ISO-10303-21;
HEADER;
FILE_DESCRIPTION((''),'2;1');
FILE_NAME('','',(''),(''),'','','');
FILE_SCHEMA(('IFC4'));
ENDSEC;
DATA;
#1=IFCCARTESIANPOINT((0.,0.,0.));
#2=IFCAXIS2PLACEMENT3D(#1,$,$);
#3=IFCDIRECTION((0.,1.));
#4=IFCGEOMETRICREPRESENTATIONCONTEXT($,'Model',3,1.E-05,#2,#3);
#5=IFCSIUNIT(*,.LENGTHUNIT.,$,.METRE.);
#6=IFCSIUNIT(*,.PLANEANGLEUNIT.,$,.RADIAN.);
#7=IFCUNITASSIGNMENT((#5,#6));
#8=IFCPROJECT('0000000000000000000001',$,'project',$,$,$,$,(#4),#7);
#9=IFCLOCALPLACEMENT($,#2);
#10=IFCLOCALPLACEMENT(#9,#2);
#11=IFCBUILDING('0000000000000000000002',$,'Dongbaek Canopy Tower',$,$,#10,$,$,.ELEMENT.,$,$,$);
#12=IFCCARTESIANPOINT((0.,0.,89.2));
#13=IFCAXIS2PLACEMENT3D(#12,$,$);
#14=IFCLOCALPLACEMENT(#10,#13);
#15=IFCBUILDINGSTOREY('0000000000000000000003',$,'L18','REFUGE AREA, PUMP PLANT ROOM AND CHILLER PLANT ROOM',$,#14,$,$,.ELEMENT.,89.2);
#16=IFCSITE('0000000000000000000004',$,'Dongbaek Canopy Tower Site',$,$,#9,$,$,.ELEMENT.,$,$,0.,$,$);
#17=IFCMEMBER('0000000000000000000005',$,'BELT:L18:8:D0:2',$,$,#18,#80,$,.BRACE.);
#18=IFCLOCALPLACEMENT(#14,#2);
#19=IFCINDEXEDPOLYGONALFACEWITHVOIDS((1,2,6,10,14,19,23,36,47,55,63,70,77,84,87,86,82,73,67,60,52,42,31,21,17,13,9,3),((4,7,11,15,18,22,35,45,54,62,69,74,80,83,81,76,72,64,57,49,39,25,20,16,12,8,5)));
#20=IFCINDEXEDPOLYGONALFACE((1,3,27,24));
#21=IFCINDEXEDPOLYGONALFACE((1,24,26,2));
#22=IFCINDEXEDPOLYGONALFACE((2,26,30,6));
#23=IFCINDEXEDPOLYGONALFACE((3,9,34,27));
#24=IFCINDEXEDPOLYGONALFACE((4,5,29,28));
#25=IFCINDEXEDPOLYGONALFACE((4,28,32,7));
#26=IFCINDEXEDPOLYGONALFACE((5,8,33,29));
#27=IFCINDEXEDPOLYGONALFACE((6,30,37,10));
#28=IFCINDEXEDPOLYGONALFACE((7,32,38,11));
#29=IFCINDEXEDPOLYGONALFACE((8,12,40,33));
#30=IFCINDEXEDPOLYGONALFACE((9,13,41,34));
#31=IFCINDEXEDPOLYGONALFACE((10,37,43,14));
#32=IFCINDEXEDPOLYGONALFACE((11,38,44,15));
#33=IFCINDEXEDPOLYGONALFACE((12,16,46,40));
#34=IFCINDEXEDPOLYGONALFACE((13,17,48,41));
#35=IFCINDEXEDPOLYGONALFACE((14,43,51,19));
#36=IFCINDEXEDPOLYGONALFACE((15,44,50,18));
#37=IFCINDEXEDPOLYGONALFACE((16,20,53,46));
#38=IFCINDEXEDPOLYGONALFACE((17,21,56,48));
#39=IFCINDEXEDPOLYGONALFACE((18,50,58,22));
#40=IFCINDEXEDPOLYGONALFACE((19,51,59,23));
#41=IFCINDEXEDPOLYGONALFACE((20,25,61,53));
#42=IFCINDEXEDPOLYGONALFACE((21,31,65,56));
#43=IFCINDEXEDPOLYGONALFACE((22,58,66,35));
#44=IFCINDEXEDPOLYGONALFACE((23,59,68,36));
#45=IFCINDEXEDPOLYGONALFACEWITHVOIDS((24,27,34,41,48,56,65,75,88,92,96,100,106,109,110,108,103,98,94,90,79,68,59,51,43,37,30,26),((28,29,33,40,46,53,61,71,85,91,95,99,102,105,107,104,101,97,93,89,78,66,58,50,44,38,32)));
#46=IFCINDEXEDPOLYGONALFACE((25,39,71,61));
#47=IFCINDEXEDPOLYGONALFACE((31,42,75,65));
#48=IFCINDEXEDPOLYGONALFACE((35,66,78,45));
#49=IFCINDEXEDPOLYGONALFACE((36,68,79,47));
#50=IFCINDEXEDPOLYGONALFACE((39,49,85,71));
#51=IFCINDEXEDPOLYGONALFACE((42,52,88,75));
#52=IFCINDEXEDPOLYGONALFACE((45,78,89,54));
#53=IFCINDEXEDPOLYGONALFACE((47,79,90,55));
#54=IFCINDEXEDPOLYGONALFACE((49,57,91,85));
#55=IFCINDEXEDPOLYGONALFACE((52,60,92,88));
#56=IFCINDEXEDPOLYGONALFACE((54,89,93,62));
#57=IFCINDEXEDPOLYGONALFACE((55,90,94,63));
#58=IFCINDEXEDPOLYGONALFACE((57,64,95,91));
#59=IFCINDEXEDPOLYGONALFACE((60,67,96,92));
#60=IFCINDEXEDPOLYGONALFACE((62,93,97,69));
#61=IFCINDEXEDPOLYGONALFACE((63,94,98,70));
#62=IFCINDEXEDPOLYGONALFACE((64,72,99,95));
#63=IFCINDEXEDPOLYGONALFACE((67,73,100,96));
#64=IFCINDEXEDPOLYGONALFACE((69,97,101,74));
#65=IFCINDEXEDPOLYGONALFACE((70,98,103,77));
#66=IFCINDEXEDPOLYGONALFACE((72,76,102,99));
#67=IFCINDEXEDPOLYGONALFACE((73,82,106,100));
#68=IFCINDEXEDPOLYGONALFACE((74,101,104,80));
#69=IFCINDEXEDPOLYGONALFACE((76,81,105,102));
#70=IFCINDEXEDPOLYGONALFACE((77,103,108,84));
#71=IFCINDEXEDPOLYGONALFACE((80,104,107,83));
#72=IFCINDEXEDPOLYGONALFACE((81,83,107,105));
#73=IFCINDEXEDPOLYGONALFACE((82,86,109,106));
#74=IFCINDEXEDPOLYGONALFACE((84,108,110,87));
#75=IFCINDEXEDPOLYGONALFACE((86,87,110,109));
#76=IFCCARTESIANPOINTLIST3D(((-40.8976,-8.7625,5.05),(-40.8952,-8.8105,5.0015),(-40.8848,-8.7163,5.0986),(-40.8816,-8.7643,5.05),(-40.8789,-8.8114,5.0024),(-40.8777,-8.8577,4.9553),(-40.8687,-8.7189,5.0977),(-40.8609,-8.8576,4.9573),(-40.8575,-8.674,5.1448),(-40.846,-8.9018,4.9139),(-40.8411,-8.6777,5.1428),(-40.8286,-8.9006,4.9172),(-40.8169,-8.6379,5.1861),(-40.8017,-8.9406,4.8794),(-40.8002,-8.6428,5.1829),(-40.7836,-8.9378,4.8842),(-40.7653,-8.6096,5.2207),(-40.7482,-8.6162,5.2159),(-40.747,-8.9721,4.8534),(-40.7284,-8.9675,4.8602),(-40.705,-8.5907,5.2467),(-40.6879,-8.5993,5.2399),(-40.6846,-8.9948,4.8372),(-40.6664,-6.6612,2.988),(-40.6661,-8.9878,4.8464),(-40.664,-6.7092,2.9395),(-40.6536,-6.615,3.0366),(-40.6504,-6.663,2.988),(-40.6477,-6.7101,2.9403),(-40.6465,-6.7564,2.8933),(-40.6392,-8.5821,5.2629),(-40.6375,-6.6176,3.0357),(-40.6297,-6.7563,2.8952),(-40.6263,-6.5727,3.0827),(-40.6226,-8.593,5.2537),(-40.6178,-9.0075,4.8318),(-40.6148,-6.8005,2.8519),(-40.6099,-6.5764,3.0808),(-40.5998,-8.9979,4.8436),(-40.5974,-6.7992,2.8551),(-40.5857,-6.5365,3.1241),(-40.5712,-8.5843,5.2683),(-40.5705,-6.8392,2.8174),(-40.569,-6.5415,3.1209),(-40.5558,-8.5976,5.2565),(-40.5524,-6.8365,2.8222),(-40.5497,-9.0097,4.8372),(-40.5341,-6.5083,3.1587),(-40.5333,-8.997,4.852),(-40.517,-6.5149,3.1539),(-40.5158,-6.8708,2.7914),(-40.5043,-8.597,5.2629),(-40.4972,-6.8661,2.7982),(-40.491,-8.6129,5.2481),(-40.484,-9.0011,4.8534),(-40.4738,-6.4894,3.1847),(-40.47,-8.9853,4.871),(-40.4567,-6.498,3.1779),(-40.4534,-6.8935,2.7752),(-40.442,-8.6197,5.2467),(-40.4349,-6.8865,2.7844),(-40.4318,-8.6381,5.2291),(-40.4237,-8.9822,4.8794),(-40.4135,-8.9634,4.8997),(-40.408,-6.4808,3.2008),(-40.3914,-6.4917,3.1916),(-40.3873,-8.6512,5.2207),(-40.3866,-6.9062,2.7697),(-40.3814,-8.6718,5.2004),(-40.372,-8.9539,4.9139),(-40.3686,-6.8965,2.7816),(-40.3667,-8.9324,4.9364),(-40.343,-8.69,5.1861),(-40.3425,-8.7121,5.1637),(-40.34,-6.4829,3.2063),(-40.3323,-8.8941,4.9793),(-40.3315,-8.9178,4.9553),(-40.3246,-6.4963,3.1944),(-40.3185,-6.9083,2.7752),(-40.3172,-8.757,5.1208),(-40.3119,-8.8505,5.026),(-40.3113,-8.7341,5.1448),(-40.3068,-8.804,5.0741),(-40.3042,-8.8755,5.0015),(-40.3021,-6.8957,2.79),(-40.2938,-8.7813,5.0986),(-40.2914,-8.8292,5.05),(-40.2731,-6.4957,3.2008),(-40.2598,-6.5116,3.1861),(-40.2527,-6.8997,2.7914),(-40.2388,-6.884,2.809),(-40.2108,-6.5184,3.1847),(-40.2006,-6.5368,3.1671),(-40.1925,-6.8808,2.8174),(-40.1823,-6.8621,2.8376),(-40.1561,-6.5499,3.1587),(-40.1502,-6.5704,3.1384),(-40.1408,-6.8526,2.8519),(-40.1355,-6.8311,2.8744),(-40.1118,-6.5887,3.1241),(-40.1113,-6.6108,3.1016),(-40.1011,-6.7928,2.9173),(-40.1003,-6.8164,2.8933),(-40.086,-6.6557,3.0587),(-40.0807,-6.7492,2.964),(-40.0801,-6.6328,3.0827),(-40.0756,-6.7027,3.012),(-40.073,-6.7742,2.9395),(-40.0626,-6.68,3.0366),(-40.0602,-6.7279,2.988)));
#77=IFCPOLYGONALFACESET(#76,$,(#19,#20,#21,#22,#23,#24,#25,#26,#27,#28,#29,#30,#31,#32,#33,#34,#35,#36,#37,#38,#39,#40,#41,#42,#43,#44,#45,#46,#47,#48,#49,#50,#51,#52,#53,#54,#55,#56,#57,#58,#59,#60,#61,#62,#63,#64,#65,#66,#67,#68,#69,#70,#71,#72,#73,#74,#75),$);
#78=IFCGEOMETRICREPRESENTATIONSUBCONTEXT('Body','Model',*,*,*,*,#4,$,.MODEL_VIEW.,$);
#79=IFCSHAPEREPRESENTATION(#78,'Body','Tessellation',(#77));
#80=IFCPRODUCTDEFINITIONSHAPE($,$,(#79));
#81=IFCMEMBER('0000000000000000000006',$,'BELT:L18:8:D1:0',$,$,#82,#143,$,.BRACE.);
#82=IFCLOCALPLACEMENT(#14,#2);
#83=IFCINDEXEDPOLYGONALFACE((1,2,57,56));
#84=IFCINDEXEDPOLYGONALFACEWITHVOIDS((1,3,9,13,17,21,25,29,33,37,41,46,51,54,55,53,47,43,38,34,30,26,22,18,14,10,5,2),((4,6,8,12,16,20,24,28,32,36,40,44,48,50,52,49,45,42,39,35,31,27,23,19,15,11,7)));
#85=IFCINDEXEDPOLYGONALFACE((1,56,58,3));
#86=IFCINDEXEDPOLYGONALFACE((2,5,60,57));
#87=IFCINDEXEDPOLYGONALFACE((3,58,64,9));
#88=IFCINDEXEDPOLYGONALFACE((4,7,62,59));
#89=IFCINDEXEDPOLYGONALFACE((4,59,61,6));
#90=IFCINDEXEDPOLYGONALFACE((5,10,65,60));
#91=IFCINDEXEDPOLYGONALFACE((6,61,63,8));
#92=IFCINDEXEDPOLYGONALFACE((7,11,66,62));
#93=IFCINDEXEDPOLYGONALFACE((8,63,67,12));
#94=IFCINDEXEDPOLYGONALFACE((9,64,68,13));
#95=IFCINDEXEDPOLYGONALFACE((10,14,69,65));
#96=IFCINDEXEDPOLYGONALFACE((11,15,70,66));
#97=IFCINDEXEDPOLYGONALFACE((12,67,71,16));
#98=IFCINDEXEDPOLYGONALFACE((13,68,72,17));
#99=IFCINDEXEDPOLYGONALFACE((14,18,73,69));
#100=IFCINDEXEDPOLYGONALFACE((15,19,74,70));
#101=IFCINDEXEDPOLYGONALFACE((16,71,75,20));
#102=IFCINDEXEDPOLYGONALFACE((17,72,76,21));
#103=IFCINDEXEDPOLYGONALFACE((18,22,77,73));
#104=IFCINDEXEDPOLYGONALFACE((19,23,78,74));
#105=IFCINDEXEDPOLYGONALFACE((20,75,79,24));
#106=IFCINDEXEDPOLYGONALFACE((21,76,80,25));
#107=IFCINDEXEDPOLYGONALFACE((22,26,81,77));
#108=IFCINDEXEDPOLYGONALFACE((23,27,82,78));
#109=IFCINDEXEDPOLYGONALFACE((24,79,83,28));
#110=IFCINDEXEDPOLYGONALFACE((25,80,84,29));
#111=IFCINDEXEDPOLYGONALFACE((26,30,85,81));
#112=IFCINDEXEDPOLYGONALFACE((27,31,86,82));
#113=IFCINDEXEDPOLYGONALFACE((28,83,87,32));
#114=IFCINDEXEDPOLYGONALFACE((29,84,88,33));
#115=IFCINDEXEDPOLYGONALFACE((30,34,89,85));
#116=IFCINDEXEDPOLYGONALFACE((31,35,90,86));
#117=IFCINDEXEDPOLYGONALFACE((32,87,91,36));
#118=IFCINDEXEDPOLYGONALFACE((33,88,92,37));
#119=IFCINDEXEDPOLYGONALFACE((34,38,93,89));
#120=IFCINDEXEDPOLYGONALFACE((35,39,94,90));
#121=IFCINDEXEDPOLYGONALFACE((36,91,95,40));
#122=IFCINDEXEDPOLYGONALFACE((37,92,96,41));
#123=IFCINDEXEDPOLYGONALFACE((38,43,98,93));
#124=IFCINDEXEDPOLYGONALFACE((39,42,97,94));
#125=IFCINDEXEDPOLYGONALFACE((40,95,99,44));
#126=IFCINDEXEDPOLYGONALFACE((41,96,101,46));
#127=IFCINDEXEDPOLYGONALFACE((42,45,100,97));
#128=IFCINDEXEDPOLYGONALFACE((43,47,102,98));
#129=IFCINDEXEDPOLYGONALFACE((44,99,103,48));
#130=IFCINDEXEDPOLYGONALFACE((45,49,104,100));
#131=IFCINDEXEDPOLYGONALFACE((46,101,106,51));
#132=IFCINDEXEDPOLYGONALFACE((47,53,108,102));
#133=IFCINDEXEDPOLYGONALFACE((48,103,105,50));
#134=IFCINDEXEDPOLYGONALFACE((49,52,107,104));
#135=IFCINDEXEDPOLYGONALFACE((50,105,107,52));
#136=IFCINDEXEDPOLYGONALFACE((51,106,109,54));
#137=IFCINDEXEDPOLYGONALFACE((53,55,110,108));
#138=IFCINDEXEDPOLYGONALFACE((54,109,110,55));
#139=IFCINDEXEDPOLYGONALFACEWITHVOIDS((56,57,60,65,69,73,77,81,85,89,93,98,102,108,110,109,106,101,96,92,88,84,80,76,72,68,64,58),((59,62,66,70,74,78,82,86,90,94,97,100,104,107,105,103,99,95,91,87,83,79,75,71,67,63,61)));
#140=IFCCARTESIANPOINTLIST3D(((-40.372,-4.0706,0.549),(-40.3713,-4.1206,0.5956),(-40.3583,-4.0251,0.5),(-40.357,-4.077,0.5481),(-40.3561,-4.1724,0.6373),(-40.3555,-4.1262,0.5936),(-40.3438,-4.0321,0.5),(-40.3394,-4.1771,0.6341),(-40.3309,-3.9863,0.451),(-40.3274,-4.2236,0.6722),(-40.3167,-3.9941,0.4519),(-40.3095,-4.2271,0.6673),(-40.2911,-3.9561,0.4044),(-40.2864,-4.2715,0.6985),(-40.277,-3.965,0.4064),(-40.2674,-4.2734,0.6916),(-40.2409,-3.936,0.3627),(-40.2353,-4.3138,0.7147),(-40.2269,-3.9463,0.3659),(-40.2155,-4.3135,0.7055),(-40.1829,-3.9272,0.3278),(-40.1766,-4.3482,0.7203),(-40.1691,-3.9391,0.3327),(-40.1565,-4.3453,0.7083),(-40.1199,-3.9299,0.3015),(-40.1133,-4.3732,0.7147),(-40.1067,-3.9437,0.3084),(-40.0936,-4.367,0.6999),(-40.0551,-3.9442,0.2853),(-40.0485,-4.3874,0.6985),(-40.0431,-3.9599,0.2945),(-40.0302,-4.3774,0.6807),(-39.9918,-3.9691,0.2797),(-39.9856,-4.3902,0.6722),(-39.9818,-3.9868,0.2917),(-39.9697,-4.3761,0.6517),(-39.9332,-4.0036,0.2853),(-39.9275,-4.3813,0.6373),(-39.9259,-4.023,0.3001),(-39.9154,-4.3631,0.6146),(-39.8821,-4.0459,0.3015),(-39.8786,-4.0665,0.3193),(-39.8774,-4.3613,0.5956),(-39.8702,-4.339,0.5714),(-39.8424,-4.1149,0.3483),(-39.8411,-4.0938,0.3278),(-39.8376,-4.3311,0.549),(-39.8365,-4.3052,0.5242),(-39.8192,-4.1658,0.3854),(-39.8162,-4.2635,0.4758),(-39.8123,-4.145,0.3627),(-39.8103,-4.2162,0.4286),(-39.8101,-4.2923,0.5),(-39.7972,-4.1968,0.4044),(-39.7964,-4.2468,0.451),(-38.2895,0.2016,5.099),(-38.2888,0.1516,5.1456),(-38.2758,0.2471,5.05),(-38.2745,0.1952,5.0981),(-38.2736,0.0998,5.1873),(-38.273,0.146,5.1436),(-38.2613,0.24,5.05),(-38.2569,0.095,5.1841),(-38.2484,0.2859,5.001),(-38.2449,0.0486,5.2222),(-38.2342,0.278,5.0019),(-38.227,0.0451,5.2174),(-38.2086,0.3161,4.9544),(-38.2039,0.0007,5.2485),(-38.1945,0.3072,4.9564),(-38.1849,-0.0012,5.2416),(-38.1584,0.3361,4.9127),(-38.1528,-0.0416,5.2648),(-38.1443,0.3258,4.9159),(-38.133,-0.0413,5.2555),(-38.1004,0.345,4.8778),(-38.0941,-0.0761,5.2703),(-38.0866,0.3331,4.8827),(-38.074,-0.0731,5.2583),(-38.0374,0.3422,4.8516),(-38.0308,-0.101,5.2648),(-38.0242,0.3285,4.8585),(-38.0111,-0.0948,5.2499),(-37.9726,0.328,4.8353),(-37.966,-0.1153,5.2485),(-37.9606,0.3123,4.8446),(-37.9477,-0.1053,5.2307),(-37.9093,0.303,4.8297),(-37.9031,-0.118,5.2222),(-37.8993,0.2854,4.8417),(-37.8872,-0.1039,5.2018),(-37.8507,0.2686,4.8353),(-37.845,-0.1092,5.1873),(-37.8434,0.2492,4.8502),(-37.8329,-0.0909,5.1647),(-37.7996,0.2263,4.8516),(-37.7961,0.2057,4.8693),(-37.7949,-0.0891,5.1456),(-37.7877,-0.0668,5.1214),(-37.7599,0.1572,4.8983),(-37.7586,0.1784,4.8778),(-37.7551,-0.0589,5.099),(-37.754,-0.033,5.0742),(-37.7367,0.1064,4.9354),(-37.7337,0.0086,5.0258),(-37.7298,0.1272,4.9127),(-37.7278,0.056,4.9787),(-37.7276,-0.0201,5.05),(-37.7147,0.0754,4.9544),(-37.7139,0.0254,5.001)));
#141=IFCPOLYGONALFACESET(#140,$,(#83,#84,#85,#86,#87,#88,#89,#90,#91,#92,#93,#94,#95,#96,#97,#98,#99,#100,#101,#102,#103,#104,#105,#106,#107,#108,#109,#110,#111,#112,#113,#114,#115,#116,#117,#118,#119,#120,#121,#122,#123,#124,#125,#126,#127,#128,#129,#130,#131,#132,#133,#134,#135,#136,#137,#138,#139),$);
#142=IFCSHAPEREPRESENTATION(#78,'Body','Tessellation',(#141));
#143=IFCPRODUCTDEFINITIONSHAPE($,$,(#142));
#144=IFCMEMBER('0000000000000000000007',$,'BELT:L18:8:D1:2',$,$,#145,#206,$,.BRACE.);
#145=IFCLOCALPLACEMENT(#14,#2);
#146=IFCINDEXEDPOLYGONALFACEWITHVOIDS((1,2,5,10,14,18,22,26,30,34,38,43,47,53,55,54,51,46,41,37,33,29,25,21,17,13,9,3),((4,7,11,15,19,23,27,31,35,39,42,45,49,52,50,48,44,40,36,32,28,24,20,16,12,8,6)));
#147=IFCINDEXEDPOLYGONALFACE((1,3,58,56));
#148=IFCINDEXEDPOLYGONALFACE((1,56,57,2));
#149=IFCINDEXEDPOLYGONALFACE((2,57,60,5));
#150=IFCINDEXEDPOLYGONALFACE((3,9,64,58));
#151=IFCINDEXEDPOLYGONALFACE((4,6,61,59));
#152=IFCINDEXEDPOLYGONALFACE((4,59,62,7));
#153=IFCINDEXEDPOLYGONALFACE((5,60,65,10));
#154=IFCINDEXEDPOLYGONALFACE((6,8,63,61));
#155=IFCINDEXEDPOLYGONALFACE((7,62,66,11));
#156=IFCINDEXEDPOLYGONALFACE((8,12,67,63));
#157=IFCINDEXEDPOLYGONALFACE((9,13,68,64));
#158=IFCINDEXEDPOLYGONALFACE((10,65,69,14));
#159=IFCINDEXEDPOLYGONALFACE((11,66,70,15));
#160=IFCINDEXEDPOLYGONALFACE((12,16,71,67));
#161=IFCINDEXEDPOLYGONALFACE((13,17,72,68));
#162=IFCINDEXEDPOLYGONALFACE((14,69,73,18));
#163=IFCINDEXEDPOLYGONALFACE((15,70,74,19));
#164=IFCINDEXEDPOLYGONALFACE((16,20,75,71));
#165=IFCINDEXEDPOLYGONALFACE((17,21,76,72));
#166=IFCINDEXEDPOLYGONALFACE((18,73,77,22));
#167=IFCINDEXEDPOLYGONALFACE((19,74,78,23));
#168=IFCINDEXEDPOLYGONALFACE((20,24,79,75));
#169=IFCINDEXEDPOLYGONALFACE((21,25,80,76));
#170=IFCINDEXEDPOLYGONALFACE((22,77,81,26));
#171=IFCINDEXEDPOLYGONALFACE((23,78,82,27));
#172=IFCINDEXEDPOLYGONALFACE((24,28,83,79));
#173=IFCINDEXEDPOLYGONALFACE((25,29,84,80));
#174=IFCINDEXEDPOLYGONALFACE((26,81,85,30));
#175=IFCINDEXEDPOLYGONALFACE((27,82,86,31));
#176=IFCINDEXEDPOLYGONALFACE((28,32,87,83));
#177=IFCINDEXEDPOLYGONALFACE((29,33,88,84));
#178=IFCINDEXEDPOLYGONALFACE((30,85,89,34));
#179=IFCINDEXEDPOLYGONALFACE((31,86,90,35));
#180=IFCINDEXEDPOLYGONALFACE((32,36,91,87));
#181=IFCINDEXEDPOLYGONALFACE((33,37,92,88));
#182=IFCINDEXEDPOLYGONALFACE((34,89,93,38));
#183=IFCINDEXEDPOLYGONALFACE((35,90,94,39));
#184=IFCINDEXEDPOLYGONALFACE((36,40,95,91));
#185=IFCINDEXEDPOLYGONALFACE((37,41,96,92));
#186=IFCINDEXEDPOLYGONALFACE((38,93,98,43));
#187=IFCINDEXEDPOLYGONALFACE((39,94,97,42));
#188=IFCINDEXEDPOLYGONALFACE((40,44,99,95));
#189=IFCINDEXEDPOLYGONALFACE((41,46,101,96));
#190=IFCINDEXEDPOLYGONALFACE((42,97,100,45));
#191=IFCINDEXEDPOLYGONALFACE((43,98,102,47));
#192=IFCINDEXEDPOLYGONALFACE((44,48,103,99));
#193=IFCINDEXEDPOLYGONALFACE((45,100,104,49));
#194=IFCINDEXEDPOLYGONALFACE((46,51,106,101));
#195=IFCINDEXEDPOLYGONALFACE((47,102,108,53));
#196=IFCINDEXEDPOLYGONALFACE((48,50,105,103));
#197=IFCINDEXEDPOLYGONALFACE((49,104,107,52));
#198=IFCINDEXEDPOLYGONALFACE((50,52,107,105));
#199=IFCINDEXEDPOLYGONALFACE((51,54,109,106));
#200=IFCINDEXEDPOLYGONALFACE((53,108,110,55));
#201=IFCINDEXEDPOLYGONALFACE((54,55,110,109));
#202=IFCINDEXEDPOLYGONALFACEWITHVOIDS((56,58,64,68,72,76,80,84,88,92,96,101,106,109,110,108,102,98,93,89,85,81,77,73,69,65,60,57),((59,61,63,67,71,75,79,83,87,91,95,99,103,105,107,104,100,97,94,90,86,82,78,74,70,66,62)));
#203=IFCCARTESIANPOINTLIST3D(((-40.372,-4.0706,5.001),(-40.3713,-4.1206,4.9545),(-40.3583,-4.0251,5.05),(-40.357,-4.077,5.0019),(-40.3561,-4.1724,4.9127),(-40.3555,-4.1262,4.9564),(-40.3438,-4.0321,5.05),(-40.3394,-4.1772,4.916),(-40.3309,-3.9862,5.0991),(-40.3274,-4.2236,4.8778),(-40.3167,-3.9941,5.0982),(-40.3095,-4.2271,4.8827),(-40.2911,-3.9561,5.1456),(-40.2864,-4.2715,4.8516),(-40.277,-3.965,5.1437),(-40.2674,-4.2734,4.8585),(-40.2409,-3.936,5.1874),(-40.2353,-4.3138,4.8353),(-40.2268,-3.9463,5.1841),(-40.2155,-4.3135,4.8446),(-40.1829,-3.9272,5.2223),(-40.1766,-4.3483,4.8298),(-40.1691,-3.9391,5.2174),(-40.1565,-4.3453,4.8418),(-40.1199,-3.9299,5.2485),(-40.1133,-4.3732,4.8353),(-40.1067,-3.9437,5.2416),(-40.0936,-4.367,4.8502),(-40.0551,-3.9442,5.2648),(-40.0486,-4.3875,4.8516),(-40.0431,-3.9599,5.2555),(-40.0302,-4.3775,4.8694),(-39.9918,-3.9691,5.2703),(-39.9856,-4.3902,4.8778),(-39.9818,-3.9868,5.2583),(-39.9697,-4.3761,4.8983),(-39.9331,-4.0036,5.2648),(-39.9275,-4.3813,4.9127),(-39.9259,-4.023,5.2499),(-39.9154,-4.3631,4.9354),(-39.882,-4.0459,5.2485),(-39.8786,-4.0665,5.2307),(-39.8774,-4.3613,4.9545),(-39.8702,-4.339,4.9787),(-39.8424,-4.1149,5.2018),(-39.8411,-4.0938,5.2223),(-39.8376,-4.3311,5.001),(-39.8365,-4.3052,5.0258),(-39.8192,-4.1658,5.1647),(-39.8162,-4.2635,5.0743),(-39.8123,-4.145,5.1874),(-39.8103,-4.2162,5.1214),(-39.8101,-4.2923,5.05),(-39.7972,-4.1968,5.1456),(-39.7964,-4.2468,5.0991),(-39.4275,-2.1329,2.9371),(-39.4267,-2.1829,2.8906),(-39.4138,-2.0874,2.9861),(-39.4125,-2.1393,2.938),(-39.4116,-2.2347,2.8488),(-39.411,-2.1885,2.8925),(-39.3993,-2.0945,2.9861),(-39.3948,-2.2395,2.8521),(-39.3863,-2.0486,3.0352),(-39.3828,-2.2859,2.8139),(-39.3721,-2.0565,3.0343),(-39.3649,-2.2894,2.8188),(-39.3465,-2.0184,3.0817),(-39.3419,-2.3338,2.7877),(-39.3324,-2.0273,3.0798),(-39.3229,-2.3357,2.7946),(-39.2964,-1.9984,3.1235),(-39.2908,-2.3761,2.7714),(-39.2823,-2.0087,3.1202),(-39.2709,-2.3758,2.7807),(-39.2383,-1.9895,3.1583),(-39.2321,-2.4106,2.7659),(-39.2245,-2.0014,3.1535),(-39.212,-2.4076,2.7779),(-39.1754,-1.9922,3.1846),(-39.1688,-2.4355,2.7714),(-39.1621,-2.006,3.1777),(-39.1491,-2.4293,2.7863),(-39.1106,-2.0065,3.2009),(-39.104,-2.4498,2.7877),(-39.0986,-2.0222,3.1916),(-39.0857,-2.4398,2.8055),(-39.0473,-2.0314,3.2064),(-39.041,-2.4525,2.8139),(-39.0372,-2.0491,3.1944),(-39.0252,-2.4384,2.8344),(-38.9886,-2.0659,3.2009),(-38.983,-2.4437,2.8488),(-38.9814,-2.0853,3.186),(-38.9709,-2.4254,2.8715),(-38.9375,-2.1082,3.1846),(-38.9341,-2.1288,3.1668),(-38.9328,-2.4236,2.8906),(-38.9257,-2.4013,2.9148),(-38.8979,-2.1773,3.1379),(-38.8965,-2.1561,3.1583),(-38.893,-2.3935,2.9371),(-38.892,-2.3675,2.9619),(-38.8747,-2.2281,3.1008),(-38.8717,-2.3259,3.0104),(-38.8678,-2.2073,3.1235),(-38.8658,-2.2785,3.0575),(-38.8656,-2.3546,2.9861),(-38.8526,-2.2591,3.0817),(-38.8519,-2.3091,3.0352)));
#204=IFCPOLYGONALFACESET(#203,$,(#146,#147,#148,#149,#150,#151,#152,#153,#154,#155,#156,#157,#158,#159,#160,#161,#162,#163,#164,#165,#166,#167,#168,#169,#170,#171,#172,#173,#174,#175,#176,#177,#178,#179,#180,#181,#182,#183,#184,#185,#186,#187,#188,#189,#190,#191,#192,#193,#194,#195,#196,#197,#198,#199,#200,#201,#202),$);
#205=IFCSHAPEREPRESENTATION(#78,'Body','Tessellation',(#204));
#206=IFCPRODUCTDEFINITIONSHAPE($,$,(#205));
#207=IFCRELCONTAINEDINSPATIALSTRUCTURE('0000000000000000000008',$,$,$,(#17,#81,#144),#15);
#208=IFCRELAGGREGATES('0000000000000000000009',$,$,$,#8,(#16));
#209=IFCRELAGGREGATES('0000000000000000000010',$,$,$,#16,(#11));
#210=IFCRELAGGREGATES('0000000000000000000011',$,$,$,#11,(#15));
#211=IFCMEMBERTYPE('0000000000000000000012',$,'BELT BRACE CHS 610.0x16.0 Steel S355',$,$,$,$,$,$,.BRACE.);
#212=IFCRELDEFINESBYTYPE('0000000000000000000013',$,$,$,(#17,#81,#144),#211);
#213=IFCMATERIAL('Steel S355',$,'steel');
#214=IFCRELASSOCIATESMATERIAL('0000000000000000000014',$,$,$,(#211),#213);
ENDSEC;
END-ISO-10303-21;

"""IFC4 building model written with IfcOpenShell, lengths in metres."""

from ifc_helpers import new_model, si_unit, direction, frame, origin, origin_2d, place, context, subcontext, project, spatial, hollow_circle, extrude, material, material_profile, profile_set, type_object, element, save


model = new_model("IFC4")

# Units and contexts
model_context = context("Model", 3, precision=1e-05, world=origin(), true_north=direction((0.0, 1.0)))
body_context = subcontext(model_context, "Body", "Model", "MODEL_VIEW")
ifc_project = project(units=[si_unit("LENGTHUNIT", "METRE"), si_unit("PLANEANGLEUNIT", "RADIAN")], contexts=[model_context])

# Site, building, storey
site_placement = place(None, origin())
site = spatial("IfcSite", under=ifc_project, at=site_placement, Name="Dongbaek Canopy Tower Site", CompositionType="ELEMENT", RefElevation=0.0)
building_placement = place(site_placement, origin())
building = spatial("IfcBuilding", under=site, at=building_placement, Name="Dongbaek Canopy Tower", CompositionType="ELEMENT")
storey_placement = place(building_placement, frame((0.0, 0.0, 89.2)))
storey = spatial("IfcBuildingStorey", under=building, at=storey_placement, Name="L18", Description="REFUGE AREA, PUMP PLANT ROOM AND CHILLER PLANT ROOM", CompositionType="ELEMENT", Elevation=89.2)

# Members
ifc_material_1 = material(Name="Steel S355", Category="steel")
ifc_material_profile_1 = material_profile(ifc_material_1, hollow_circle(Radius=0.3049, WallThickness=0.0161, at=origin_2d()), Name="BELT BRACE CHS 610.0x16.0 Steel S355")
ifc_profile_set_1 = profile_set([ifc_material_profile_1], Name="Steel S355")
member_type_1 = type_object("IfcMemberType", Name="BELT BRACE CHS 610.0x16.0 Steel S355", PredefinedType="BRACE", material=ifc_profile_set_1)
member_1_placement = place(storey_placement, frame((-40.5945, -8.7959, 5.05), z_axis=(0.078291, 0.71156, -0.69825), x_axis=(-0.994001, 0.109367, 0.0)))
element("IfcMember", 1, at=member_1_placement, inside=storey, type_object=member_type_1, Name="BELT:L18:8:D0:2", PredefinedType="BRACE", context=body_context, shape_type="SweptSolid", body=[
    extrude(hollow_circle(Radius=0.3049, WallThickness=0.0161, at=origin_2d()), origin(), (0.0, 0.0, 1.0), 2.9531),
])
member_2_placement = place(storey_placement, frame((-40.0842, -4.1587, 0.5), z_axis=(0.31651, 0.649309, 0.691535), x_axis=(-0.898892, 0.438171, 0.0)))
element("IfcMember", 2, at=member_2_placement, inside=storey, type_object=member_type_1, Name="BELT:L18:8:D1:0", PredefinedType="BRACE", context=body_context, shape_type="SweptSolid", body=[
    extrude(hollow_circle(Radius=0.3049, WallThickness=0.0161, at=origin_2d()), origin(), (0.0, 0.0, 1.0), 6.5796),
])
member_3_placement = place(storey_placement, frame((-40.0842, -4.1587, 5.05), z_axis=(0.316499, 0.649277, -0.691569), x_axis=(-0.898889, 0.438176, 0.0)))
element("IfcMember", 3, at=member_3_placement, inside=storey, type_object=member_type_1, Name="BELT:L18:8:D1:2", PredefinedType="BRACE", context=body_context, shape_type="SweptSolid", body=[
    extrude(hollow_circle(Radius=0.3049, WallThickness=0.0161, at=origin_2d()), origin(), (0.0, 0.0, 1.0), 2.9844),
])

save(model, "model.ifc")
